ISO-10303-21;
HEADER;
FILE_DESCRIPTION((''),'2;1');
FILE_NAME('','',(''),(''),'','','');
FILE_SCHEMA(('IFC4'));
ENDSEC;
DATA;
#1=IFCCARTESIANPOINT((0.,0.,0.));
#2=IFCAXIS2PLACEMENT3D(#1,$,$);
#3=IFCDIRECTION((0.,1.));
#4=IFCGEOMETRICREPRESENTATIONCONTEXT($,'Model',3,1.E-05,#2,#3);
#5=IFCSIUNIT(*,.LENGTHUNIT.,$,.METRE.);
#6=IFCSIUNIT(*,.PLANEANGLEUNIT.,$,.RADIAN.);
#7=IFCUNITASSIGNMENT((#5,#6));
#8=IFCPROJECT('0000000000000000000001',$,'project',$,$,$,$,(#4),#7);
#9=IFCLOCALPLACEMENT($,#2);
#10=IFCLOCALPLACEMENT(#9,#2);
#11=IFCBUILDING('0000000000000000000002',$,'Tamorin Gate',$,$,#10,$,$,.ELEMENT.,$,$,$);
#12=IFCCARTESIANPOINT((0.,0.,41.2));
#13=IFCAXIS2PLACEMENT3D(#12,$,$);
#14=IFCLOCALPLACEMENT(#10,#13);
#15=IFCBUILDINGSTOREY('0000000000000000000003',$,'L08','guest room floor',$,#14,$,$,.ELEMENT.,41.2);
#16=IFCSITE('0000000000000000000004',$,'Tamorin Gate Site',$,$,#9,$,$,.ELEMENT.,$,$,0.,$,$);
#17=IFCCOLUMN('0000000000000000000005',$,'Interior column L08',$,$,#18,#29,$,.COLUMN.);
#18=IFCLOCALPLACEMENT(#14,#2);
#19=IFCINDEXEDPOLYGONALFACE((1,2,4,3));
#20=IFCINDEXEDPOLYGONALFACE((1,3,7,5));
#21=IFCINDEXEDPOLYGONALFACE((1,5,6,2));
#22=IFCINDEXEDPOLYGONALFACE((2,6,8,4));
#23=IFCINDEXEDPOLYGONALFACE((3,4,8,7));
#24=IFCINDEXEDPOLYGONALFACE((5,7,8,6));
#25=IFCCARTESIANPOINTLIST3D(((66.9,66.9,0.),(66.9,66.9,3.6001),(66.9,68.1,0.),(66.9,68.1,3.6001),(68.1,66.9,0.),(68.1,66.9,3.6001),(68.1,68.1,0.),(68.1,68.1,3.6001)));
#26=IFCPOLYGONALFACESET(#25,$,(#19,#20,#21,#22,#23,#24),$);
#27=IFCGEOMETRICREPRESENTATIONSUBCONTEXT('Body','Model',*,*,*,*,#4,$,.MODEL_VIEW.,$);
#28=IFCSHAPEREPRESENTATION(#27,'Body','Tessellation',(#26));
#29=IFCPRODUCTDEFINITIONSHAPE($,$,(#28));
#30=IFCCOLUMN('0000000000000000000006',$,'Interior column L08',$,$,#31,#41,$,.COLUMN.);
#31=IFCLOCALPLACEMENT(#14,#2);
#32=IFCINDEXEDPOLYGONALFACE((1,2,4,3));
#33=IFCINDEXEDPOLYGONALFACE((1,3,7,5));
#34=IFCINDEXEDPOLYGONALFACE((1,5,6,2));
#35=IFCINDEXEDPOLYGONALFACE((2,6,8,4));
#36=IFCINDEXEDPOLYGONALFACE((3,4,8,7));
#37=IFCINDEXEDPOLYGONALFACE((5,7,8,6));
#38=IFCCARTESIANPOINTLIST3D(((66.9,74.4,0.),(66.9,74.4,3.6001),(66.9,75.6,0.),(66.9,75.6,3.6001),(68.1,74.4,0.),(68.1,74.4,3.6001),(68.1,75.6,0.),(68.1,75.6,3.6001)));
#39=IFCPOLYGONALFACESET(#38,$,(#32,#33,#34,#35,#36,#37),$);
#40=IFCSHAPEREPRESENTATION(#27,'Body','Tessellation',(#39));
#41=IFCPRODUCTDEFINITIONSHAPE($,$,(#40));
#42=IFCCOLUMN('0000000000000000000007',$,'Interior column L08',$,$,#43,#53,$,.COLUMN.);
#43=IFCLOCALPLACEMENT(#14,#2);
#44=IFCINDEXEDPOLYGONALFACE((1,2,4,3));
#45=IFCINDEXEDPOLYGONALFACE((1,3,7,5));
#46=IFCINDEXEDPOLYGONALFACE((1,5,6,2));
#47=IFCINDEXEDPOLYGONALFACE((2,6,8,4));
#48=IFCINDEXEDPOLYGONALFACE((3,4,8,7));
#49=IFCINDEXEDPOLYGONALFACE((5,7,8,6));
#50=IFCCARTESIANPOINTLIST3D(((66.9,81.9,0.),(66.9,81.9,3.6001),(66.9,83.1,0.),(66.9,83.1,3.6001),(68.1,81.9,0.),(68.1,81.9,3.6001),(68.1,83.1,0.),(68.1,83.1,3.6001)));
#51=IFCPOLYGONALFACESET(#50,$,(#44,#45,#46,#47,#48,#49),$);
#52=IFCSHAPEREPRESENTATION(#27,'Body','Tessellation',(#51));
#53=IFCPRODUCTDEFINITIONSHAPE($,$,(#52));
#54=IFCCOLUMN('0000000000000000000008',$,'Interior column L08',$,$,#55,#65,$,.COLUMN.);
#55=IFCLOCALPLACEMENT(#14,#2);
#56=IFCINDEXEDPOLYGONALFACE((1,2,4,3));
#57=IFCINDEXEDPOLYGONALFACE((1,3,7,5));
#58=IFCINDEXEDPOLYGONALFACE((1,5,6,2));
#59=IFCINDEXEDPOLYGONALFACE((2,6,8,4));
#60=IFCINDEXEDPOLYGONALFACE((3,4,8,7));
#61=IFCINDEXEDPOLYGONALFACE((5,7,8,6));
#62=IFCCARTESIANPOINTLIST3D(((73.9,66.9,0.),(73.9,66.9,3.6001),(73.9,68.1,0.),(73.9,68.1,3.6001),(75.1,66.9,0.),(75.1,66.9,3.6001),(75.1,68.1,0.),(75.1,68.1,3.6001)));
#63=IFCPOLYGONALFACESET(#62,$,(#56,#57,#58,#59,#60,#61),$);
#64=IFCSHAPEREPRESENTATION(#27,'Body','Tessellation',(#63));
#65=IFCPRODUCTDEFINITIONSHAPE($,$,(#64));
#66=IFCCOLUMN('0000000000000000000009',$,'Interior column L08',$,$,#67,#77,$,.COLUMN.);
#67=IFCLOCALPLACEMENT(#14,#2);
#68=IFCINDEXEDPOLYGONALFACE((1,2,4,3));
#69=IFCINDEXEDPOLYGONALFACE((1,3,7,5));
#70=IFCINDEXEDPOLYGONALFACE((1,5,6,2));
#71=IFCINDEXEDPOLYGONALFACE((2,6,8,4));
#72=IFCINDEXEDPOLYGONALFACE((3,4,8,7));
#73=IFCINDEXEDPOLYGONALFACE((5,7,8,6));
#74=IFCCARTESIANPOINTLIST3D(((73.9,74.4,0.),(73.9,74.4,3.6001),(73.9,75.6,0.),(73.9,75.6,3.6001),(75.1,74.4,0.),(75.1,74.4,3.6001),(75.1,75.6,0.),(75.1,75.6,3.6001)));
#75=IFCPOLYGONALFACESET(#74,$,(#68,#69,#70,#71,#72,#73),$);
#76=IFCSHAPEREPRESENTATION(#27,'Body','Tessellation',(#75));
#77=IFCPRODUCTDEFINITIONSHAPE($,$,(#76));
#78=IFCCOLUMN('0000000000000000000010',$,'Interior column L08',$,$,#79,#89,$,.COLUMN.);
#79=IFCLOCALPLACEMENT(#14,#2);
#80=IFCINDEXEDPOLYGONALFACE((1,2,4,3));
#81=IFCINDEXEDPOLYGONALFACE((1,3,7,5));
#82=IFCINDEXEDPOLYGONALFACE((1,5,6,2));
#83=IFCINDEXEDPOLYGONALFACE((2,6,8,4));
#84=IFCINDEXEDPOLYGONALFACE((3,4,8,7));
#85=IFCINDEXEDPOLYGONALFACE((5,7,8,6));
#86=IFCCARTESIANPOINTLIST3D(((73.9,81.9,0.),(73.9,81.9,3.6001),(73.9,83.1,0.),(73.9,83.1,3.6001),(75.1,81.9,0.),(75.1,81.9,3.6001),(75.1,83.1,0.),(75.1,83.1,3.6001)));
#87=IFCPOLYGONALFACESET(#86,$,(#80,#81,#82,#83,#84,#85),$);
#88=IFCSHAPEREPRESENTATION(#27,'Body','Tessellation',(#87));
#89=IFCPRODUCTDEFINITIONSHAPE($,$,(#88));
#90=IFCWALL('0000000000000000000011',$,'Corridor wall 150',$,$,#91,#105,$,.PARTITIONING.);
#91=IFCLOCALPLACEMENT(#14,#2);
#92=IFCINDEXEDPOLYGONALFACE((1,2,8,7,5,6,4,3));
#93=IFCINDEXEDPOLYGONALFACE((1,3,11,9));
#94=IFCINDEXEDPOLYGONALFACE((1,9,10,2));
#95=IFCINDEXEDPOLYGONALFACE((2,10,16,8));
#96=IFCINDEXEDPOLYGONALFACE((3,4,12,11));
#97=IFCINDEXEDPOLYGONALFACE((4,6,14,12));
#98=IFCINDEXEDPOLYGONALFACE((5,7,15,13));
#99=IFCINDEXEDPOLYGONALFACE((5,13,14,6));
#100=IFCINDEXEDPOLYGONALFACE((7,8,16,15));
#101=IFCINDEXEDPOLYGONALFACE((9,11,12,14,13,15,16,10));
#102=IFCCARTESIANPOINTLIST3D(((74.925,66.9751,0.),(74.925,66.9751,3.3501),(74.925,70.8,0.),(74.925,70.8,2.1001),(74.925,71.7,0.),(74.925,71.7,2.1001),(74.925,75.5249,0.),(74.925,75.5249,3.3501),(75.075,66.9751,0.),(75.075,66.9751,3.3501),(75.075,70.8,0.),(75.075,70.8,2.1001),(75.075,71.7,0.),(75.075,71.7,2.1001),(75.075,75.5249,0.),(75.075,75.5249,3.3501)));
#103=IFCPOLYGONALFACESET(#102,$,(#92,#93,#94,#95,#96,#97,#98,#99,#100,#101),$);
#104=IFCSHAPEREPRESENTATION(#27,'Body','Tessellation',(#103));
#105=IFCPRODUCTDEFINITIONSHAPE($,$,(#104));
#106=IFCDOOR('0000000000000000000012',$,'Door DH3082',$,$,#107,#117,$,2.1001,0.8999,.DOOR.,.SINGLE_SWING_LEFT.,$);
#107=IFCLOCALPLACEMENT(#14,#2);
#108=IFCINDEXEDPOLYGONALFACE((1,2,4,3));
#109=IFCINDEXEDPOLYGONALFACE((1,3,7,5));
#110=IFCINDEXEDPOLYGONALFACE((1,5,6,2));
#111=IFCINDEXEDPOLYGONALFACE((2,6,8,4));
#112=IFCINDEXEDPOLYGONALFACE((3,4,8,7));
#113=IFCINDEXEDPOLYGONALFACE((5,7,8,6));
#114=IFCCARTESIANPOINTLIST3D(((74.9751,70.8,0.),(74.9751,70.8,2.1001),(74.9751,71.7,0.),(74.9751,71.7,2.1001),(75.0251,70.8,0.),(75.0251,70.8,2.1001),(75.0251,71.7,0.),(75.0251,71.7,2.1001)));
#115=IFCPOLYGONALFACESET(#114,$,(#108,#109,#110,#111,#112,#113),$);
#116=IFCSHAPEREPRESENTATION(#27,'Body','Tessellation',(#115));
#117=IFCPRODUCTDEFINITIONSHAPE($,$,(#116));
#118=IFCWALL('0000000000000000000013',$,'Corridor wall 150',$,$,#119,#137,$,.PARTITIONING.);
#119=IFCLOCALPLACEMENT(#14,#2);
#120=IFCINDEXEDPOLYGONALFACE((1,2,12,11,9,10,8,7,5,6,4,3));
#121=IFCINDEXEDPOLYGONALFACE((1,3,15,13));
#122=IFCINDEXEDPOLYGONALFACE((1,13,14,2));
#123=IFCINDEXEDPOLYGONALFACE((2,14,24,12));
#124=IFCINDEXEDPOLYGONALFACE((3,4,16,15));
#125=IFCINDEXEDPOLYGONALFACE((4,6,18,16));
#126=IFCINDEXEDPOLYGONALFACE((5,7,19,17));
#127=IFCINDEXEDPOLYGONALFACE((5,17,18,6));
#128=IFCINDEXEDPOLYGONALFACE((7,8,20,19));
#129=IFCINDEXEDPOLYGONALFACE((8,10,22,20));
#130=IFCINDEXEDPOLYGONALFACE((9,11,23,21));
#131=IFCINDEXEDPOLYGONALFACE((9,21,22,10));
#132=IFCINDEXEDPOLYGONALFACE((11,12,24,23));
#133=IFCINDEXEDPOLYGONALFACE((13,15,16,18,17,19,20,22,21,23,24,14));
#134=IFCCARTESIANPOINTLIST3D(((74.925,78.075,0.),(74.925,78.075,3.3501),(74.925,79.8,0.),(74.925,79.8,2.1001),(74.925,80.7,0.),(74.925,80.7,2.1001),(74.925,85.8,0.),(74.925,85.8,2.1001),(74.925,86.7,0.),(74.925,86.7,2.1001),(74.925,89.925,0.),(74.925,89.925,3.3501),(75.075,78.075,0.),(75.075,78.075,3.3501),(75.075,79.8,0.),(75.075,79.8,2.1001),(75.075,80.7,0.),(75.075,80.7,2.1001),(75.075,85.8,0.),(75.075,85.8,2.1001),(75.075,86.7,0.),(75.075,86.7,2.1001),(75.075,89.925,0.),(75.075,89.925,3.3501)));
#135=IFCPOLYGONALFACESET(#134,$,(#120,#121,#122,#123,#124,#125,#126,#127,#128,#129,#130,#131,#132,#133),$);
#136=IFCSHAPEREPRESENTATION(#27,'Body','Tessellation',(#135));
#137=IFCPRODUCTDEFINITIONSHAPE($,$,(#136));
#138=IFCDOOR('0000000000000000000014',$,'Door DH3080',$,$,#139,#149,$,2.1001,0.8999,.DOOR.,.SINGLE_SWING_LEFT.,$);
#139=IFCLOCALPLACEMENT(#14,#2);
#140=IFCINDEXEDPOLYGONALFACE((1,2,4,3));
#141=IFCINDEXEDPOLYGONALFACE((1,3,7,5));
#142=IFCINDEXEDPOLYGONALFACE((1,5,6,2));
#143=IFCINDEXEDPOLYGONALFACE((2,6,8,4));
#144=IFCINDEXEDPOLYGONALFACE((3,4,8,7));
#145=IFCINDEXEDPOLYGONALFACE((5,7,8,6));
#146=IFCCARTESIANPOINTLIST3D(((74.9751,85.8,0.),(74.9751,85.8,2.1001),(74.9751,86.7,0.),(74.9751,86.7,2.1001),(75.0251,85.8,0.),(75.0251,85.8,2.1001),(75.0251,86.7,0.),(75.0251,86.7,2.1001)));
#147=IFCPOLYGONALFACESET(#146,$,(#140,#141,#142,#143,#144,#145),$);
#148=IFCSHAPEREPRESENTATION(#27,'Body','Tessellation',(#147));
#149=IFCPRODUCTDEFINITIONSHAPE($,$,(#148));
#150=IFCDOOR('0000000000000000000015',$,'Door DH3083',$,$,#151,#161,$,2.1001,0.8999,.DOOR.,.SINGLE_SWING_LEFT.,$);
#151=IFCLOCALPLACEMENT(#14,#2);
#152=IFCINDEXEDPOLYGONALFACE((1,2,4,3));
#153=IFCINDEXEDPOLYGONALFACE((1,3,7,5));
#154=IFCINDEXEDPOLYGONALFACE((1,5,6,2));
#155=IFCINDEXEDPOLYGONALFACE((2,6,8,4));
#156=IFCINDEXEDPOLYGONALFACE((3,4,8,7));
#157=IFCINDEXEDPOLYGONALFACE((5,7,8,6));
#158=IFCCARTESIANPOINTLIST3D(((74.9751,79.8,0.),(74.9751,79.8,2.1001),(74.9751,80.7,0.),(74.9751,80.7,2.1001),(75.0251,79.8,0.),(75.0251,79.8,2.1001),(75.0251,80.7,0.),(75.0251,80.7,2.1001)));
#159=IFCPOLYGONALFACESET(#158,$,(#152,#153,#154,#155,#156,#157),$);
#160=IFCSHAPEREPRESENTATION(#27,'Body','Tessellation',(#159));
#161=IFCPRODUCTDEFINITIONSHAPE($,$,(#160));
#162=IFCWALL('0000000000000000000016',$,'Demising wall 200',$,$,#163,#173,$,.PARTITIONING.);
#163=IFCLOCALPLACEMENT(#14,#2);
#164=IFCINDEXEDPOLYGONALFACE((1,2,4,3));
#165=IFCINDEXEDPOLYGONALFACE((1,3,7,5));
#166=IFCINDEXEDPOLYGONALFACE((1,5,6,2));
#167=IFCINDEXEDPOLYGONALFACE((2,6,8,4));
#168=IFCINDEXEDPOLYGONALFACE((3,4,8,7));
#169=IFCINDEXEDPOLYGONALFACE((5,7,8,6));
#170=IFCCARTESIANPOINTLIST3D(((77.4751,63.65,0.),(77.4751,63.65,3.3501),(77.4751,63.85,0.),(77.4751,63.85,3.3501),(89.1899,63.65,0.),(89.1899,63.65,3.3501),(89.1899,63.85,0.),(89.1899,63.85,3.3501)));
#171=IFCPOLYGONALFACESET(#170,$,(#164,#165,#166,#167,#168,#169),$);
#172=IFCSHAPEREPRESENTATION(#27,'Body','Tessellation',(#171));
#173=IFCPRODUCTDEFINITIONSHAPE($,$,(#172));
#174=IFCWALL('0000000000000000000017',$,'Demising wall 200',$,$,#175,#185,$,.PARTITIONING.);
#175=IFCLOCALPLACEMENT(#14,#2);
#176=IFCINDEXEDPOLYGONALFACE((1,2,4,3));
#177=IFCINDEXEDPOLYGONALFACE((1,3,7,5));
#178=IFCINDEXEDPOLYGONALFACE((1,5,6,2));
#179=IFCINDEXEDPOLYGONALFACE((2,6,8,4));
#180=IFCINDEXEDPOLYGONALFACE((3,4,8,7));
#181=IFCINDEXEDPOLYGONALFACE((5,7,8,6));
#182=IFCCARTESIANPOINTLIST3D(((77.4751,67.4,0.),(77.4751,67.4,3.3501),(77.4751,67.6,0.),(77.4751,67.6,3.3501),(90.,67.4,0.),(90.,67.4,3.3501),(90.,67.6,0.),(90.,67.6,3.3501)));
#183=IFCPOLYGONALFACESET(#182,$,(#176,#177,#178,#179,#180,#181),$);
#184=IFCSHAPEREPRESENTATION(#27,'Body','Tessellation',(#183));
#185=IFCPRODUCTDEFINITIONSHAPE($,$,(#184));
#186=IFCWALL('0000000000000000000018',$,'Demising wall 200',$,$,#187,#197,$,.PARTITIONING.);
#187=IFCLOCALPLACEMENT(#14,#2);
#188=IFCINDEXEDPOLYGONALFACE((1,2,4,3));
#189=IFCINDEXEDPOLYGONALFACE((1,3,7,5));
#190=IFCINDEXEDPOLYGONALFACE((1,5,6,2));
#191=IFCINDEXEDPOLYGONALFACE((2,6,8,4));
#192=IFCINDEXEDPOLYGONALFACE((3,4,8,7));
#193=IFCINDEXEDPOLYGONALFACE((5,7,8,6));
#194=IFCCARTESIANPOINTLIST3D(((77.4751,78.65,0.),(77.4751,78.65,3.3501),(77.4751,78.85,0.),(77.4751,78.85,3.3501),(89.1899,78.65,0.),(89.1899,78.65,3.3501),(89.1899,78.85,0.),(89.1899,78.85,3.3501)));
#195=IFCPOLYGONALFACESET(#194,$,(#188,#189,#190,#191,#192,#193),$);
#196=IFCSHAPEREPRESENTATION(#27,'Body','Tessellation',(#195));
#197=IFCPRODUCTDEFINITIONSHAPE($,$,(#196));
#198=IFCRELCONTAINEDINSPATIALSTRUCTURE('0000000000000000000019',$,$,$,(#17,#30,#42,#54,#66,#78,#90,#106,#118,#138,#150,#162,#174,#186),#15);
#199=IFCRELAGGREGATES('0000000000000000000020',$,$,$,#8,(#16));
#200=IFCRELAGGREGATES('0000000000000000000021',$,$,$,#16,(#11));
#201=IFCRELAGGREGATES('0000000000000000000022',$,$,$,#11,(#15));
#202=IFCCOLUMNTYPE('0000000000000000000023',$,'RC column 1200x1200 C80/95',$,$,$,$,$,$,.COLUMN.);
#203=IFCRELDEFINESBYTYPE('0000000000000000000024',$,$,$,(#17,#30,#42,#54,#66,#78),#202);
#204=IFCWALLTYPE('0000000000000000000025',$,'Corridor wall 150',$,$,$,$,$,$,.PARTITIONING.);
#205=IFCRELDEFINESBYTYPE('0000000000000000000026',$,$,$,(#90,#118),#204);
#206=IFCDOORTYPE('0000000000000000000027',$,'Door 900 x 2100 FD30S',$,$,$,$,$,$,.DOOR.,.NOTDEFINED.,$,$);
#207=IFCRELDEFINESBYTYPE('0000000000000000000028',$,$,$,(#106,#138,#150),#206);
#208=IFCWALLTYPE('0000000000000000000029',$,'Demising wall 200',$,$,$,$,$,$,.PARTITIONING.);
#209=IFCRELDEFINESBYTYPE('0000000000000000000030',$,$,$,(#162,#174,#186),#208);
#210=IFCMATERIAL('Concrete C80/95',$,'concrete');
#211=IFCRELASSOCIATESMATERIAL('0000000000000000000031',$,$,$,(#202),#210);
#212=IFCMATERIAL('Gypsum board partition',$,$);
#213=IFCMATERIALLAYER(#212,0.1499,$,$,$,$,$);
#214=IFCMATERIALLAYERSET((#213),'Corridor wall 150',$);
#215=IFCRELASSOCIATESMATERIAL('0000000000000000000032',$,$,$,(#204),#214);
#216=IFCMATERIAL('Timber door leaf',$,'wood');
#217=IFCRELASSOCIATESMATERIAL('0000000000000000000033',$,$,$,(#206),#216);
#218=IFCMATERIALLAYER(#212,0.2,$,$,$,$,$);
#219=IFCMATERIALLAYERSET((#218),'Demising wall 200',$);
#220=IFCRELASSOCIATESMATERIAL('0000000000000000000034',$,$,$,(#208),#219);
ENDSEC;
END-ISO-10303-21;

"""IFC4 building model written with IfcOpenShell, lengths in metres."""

from ifc_helpers import new_model, si_unit, direction, frame, frame_2d, origin, origin_2d, place, context, subcontext, project, spatial, rectangle, extrude, material, layer, layer_set, material_profile, profile_set, type_object, element, fill, save


model = new_model("IFC4")

# Units and contexts
model_context = context("Model", 3, precision=1e-05, world=origin(), true_north=direction((0.0, 1.0)))
body_context = subcontext(model_context, "Body", "Model", "MODEL_VIEW")
ifc_project = project(units=[si_unit("LENGTHUNIT", "METRE"), si_unit("PLANEANGLEUNIT", "RADIAN")], contexts=[model_context])

# Site, building, storey
site_placement = place(None, origin())
site = spatial("IfcSite", under=ifc_project, at=site_placement, Name="Tamorin Gate Site", CompositionType="ELEMENT", RefElevation=0.0)
building_placement = place(site_placement, origin())
building = spatial("IfcBuilding", under=site, at=building_placement, Name="Tamorin Gate", CompositionType="ELEMENT")
storey_placement = place(building_placement, frame((0.0, 0.0, 41.2)))
storey = spatial("IfcBuildingStorey", under=building, at=storey_placement, Name="L08", Description="guest room floor", CompositionType="ELEMENT", Elevation=41.2)

# Columns
ifc_material_1 = material(Name="Concrete C80/95", Category="concrete")
ifc_material_profile = material_profile(ifc_material_1, rectangle(XDim=1.2, YDim=1.2, at=origin_2d()), Name="RC 1200x1200")
ifc_profile_set = profile_set([ifc_material_profile], Name="Concrete C80/95")
column_type = type_object("IfcColumnType", Name="RC column 1200x1200 C80/95", PredefinedType="COLUMN", material=ifc_profile_set)
for number, where, z_axis, x_axis, name in (
    (1, (67.5, 67.5, 0.0), (0.0, 0.0, 1.0), (1.0, 0.0, 0.0), "Interior column L08"),
    (2, (67.5, 75.0, 0.0), (0.0, 0.0, 1.0), (1.0, 0.0, 0.0), "Interior column L08"),
    (3, (67.5, 82.5, 0.0), (0.0, 0.0, 1.0), (1.0, 0.0, 0.0), "Interior column L08"),
    (4, (74.5, 67.5, 0.0), (0.0, 0.0, 1.0), (1.0, 0.0, 0.0), "Interior column L08"),
    (5, (74.5, 75.0, 0.0), (0.0, 0.0, 1.0), (1.0, 0.0, 0.0), "Interior column L08"),
    (6, (74.5, 82.5, 0.0), (0.0, 0.0, 1.0), (1.0, 0.0, 0.0), "Interior column L08"),
):
    element("IfcColumn", number, at=place(storey_placement, frame(where, z_axis=z_axis, x_axis=x_axis)), inside=storey, type_object=column_type, Name=name, PredefinedType="COLUMN", context=body_context, shape_type="SweptSolid", body=[
        extrude(rectangle(XDim=1.2, YDim=1.2, at=origin_2d()), origin(), (0.0, 0.0, 1.0), 3.6001),
    ])

# Wall, opening, door
ifc_material_2 = material(Name="Gypsum board partition")
ifc_layer_1 = layer(ifc_material_2, 0.1499)
ifc_layer_set_1 = layer_set([ifc_layer_1], Name="Corridor wall 150")
wall_type_1 = type_object("IfcWallType", Name="Corridor wall 150", PredefinedType="PARTITIONING", material=ifc_layer_set_1)
wall_1_placement = place(storey_placement, frame((75.0, 66.9751, 0.0), z_axis=(0.0, 0.0, 1.0), x_axis=(0.0, 1.0, 0.0)))
wall_1 = element("IfcWall", 7, at=wall_1_placement, inside=storey, type_object=wall_type_1, Name="Corridor wall 150", PredefinedType="PARTITIONING", context=body_context, shape_type="SweptSolid", body=[
    extrude(rectangle(XDim=8.5498, YDim=0.1499, at=frame_2d((4.2749, 0.0))), origin(), (0.0, 0.0, 1.0), 3.3501),
])
opening_1_placement = place(wall_1_placement, frame((3.825, 0.0, 0.0)))
opening_1 = element("IfcOpeningElement", 8, at=opening_1_placement, cuts=wall_1, PredefinedType="OPENING", context=body_context, shape_type="SweptSolid", body=[
    extrude(rectangle(XDim=0.8999, YDim=2.1001, at=frame_2d((0.45, 1.05))), frame((0.0, 0.085, 0.0), z_axis=(0.0, -1.0, 0.0), x_axis=(1.0, 0.0, 0.0)), (0.0, 0.0, 1.0), 0.1699),
])
ifc_material_3 = material(Name="Timber door leaf", Category="wood")
door_type_1 = type_object("IfcDoorType", Name="Door 900 x 2100 FD30S", OperationType="NOTDEFINED", PredefinedType="DOOR", material=ifc_material_3)
door_1_placement = place(opening_1_placement, origin())
door_1 = element("IfcDoor", 9, at=door_1_placement, inside=storey, type_object=door_type_1, Name="Door DH3082", OperationType="SINGLE_SWING_LEFT", OverallHeight=2.1001, OverallWidth=0.8999, PredefinedType="DOOR", context=body_context, shape_type="SweptSolid", body=[
    extrude(rectangle(XDim=0.8999, YDim=2.1001, at=frame_2d((0.45, 1.05))), frame((0.0, 0.0249, 0.0), z_axis=(0.0, -1.0, 0.0), x_axis=(1.0, 0.0, 0.0)), (0.0, 0.0, 1.0), 0.05),
])
fill(opening_1, door_1)

# Wall, openings, doors
wall_2_placement = place(storey_placement, frame((75.0, 78.075, 0.0), z_axis=(0.0, 0.0, 1.0), x_axis=(0.0, 1.0, 0.0)))
wall_2 = element("IfcWall", 10, at=wall_2_placement, inside=storey, type_object=wall_type_1, Name="Corridor wall 150", PredefinedType="PARTITIONING", context=body_context, shape_type="SweptSolid", body=[
    extrude(rectangle(XDim=11.8501, YDim=0.1499, at=frame_2d((5.925, 0.0))), origin(), (0.0, 0.0, 1.0), 3.3501),
])
opening_2_placement = place(wall_2_placement, frame((7.7251, 0.0, 0.0)))
opening_2 = element("IfcOpeningElement", 11, at=opening_2_placement, cuts=wall_2, PredefinedType="OPENING", context=body_context, shape_type="SweptSolid", body=[
    extrude(rectangle(XDim=0.8999, YDim=2.1001, at=frame_2d((0.45, 1.05))), frame((0.0, 0.085, 0.0), z_axis=(0.0, -1.0, 0.0), x_axis=(1.0, 0.0, 0.0)), (0.0, 0.0, 1.0), 0.1699),
])
opening_3_placement = place(wall_2_placement, frame((1.7251, 0.0, 0.0)))
opening_3 = element("IfcOpeningElement", 12, at=opening_3_placement, cuts=wall_2, PredefinedType="OPENING", context=body_context, shape_type="SweptSolid", body=[
    extrude(rectangle(XDim=0.8999, YDim=2.1001, at=frame_2d((0.45, 1.05))), frame((0.0, 0.085, 0.0), z_axis=(0.0, -1.0, 0.0), x_axis=(1.0, 0.0, 0.0)), (0.0, 0.0, 1.0), 0.1699),
])
door_2_placement = place(opening_2_placement, origin())
door_2 = element("IfcDoor", 13, at=door_2_placement, inside=storey, type_object=door_type_1, Name="Door DH3080", OperationType="SINGLE_SWING_LEFT", OverallHeight=2.1001, OverallWidth=0.8999, PredefinedType="DOOR", context=body_context, shape_type="SweptSolid", body=[
    extrude(rectangle(XDim=0.8999, YDim=2.1001, at=frame_2d((0.45, 1.05))), frame((0.0, 0.0249, 0.0), z_axis=(0.0, -1.0, 0.0), x_axis=(1.0, 0.0, 0.0)), (0.0, 0.0, 1.0), 0.05),
])
fill(opening_2, door_2)
door_3_placement = place(opening_3_placement, origin())
door_3 = element("IfcDoor", 14, at=door_3_placement, inside=storey, type_object=door_type_1, Name="Door DH3083", OperationType="SINGLE_SWING_LEFT", OverallHeight=2.1001, OverallWidth=0.8999, PredefinedType="DOOR", context=body_context, shape_type="SweptSolid", body=[
    extrude(rectangle(XDim=0.8999, YDim=2.1001, at=frame_2d((0.45, 1.05))), frame((0.0, 0.0249, 0.0), z_axis=(0.0, -1.0, 0.0), x_axis=(1.0, 0.0, 0.0)), (0.0, 0.0, 1.0), 0.05),
])
fill(opening_3, door_3)

# Walls
ifc_layer_2 = layer(ifc_material_2, 0.2)
ifc_layer_set_2 = layer_set([ifc_layer_2], Name="Demising wall 200")
wall_type_2 = type_object("IfcWallType", Name="Demising wall 200", PredefinedType="PARTITIONING", material=ifc_layer_set_2)
wall_3_placement = place(storey_placement, frame((77.4751, 63.75, 0.0), z_axis=(0.0, 0.0, 1.0), x_axis=(1.0, 0.0, 0.0)))
element("IfcWall", 15, at=wall_3_placement, inside=storey, type_object=wall_type_2, Name="Demising wall 200", PredefinedType="PARTITIONING", context=body_context, shape_type="SweptSolid", body=[
    extrude(rectangle(XDim=11.7148, YDim=0.2, at=frame_2d((5.8574, 0.0))), origin(), (0.0, 0.0, 1.0), 3.3501),
])
wall_4_placement = place(storey_placement, frame((77.4751, 67.5, 0.0), z_axis=(0.0, 0.0, 1.0), x_axis=(1.0, 0.0, 0.0)))
element("IfcWall", 16, at=wall_4_placement, inside=storey, type_object=wall_type_2, Name="Demising wall 200", PredefinedType="PARTITIONING", context=body_context, shape_type="SweptSolid", body=[
    extrude(rectangle(XDim=12.5249, YDim=0.2, at=frame_2d((6.2625, 0.0))), origin(), (0.0, 0.0, 1.0), 3.3501),
])
wall_5_placement = place(storey_placement, frame((77.4751, 78.75, 0.0), z_axis=(0.0, 0.0, 1.0), x_axis=(1.0, 0.0, 0.0)))
element("IfcWall", 17, at=wall_5_placement, inside=storey, type_object=wall_type_2, Name="Demising wall 200", PredefinedType="PARTITIONING", context=body_context, shape_type="SweptSolid", body=[
    extrude(rectangle(XDim=11.7148, YDim=0.2, at=frame_2d((5.8574, 0.0))), origin(), (0.0, 0.0, 1.0), 3.3501),
])

save(model, "model.ifc")
